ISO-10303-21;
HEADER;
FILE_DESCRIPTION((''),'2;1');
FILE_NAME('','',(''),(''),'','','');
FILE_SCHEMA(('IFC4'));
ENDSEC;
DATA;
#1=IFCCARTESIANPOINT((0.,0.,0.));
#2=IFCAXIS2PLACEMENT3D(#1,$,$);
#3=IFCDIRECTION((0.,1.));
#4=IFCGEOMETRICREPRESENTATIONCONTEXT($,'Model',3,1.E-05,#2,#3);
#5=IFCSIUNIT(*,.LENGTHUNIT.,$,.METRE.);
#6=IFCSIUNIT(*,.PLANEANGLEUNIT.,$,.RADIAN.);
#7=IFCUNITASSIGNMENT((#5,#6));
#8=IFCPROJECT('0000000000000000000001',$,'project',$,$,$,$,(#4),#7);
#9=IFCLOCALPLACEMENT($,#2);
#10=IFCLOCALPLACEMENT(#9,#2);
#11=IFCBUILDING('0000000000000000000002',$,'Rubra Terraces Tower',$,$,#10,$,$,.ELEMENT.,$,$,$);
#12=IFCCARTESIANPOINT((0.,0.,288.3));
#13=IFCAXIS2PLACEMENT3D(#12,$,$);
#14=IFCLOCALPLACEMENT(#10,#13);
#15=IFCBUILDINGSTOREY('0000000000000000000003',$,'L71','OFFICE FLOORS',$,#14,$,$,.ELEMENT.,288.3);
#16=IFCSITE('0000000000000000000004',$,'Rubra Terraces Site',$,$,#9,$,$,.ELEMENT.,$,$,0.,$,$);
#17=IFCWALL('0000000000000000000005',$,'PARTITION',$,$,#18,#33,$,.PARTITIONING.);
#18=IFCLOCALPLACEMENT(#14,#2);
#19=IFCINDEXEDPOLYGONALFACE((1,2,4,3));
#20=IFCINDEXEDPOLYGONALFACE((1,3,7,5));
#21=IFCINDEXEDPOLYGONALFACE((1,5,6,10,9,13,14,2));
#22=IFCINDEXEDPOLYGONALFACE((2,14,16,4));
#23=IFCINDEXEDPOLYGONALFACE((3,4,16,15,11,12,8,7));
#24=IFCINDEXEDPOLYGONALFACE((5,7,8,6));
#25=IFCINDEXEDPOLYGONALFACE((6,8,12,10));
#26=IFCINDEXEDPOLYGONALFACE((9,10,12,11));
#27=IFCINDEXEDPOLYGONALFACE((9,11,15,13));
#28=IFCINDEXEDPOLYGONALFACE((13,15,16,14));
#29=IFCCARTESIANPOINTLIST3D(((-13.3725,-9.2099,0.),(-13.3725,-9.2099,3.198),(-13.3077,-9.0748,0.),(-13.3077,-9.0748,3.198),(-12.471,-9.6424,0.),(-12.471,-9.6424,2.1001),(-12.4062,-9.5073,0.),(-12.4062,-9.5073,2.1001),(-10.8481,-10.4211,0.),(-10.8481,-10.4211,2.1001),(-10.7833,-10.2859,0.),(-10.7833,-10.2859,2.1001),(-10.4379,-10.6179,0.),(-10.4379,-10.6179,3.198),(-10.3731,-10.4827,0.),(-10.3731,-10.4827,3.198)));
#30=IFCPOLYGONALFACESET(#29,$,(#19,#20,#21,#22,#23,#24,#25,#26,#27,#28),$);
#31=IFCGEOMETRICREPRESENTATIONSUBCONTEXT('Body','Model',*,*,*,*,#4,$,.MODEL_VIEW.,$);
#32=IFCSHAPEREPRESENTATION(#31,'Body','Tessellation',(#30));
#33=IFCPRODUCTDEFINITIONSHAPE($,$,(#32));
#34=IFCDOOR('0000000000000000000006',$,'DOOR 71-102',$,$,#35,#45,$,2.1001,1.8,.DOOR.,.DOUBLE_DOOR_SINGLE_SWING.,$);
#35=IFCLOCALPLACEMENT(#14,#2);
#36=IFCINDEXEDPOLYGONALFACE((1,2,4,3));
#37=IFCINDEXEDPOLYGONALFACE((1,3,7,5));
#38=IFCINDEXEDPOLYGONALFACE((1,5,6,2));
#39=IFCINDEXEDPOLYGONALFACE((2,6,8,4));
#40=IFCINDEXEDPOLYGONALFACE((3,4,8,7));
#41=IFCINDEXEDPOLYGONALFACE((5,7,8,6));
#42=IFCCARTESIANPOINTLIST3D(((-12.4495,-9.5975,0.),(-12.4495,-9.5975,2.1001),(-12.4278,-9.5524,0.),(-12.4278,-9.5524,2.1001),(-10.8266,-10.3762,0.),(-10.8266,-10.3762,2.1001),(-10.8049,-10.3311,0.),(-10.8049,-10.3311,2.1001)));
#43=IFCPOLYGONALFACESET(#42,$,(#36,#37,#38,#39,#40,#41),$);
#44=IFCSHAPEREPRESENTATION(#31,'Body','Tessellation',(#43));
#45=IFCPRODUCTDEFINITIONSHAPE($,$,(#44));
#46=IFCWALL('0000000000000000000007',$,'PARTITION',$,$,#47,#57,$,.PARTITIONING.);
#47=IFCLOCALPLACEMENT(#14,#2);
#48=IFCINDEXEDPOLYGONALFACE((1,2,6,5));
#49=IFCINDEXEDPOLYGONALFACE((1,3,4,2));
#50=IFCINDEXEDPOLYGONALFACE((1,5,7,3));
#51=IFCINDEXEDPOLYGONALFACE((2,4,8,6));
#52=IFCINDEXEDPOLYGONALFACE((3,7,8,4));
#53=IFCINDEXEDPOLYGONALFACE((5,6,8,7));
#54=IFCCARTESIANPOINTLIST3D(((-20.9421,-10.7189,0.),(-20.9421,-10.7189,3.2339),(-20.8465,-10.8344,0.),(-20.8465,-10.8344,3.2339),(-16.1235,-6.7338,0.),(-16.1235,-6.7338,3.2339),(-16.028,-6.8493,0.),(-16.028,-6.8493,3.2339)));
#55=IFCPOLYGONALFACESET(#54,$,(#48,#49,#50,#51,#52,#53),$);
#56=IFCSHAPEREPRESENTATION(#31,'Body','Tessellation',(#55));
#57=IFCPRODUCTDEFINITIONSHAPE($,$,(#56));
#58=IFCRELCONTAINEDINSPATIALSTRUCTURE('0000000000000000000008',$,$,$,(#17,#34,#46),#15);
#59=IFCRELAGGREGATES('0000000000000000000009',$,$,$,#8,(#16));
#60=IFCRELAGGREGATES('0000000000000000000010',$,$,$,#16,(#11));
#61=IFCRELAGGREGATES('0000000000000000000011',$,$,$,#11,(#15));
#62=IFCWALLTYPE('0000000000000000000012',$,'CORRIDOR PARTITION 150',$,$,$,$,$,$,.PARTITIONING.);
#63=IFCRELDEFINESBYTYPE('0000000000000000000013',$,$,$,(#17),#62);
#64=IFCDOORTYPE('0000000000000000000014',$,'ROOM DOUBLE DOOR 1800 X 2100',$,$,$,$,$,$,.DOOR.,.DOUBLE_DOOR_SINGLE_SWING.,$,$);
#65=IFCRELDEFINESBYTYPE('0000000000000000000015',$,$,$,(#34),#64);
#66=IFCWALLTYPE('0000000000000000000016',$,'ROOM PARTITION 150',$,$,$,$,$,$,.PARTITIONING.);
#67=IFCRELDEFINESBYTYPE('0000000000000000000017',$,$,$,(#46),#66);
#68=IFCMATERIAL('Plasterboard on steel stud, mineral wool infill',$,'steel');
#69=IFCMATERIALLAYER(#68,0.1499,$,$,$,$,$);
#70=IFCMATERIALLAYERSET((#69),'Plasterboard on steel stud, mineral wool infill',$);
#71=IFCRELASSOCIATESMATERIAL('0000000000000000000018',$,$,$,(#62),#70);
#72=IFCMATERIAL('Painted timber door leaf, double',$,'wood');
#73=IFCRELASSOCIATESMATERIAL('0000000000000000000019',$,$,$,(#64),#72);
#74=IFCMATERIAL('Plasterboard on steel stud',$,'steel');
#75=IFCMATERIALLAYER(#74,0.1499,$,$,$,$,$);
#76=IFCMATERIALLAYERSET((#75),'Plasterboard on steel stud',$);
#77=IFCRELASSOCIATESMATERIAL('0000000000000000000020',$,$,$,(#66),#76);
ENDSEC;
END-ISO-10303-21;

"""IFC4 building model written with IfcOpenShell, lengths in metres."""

from ifc_helpers import new_model, si_unit, direction, frame, frame_2d, origin, place, context, subcontext, project, spatial, rectangle, extrude, material, layer, layer_set, type_object, element, fill, save


model = new_model("IFC4")

# Units and contexts
model_context = context("Model", 3, precision=1e-05, world=origin(), true_north=direction((0.0, 1.0)))
body_context = subcontext(model_context, "Body", "Model", "MODEL_VIEW")
ifc_project = project(units=[si_unit("LENGTHUNIT", "METRE"), si_unit("PLANEANGLEUNIT", "RADIAN")], contexts=[model_context])

# Site, building, storey
site_placement = place(None, origin())
site = spatial("IfcSite", under=ifc_project, at=site_placement, Name="Rubra Terraces Site", CompositionType="ELEMENT", RefElevation=0.0)
building_placement = place(site_placement, origin())
building = spatial("IfcBuilding", under=site, at=building_placement, Name="Rubra Terraces Tower", CompositionType="ELEMENT")
storey_placement = place(building_placement, frame((0.0, 0.0, 288.3)))
storey = spatial("IfcBuildingStorey", under=building, at=storey_placement, Name="L71", Description="OFFICE FLOORS", CompositionType="ELEMENT", Elevation=288.3)

# Wall, opening, door
ifc_material_1 = material(Name="Plasterboard on steel stud, mineral wool infill", Category="steel")
ifc_layer_1 = layer(ifc_material_1, 0.1499)
ifc_layer_set_1 = layer_set([ifc_layer_1], Name="Plasterboard on steel stud, mineral wool infill")
wall_type_1 = type_object("IfcWallType", Name="CORRIDOR PARTITION 150", PredefinedType="PARTITIONING", material=ifc_layer_set_1)
wall_1_placement = place(storey_placement, frame((-13.3401, -9.1423, 0.0), z_axis=(0.0, 0.0, 1.0), x_axis=(0.901599, -0.432573, 0.0)))
wall_1 = element("IfcWall", 1, at=wall_1_placement, inside=storey, type_object=wall_type_1, Name="PARTITION", PredefinedType="PARTITIONING", context=body_context, shape_type="SweptSolid", body=[
    extrude(rectangle(XDim=3.2549, YDim=0.1499, at=frame_2d((1.6274, 0.0))), origin(), (0.0, 0.0, 1.0), 3.198),
])
opening_1_placement = place(wall_1_placement, frame((1.0, 0.0, 0.0)))
opening_1 = element("IfcOpeningElement", 2, at=opening_1_placement, cuts=wall_1, PredefinedType="OPENING", context=body_context, shape_type="SweptSolid", body=[
    extrude(rectangle(XDim=1.8, YDim=2.1001, at=frame_2d((0.8999, 1.05))), frame((0.0, 0.085, 0.0), z_axis=(0.0, -1.0, 0.0), x_axis=(1.0, 0.0, 0.0)), (0.0, 0.0, 1.0), 0.1699),
])
ifc_material_2 = material(Name="Painted timber door leaf, double", Category="wood")
door_type = type_object("IfcDoorType", Name="ROOM DOUBLE DOOR 1800 X 2100", OperationType="DOUBLE_DOOR_SINGLE_SWING", PredefinedType="DOOR", material=ifc_material_2)
door_placement = place(opening_1_placement, origin())
door = element("IfcDoor", 3, at=door_placement, inside=storey, type_object=door_type, Name="DOOR 71-102", OperationType="DOUBLE_DOOR_SINGLE_SWING", OverallHeight=2.1001, OverallWidth=1.8, PredefinedType="DOOR", context=body_context, shape_type="SweptSolid", body=[
    extrude(rectangle(XDim=1.8, YDim=2.1001, at=frame_2d((0.8999, 1.05))), frame((0.0, 0.0249, 0.0), z_axis=(0.0, -1.0, 0.0), x_axis=(1.0, 0.0, 0.0)), (0.0, 0.0, 1.0), 0.05),
])
fill(opening_1, door)

# Wall
ifc_material_3 = material(Name="Plasterboard on steel stud", Category="steel")
ifc_layer_2 = layer(ifc_material_3, 0.1499)
ifc_layer_set_2 = layer_set([ifc_layer_2], Name="Plasterboard on steel stud")
wall_type_2 = type_object("IfcWallType", Name="ROOM PARTITION 150", PredefinedType="PARTITIONING", material=ifc_layer_set_2)
wall_2_placement = place(storey_placement, frame((-20.8943, -10.7766, 0.0), z_axis=(0.0, 0.0, 1.0), x_axis=(0.770607, 0.637311, 0.0)))
element("IfcWall", 4, at=wall_2_placement, inside=storey, type_object=wall_type_2, Name="PARTITION", PredefinedType="PARTITIONING", context=body_context, shape_type="SweptSolid", body=[
    extrude(rectangle(XDim=6.2529, YDim=0.1499, at=frame_2d((3.1265, 0.0))), origin(), (0.0, 0.0, 1.0), 3.2339),
])

save(model, "model.ifc")
